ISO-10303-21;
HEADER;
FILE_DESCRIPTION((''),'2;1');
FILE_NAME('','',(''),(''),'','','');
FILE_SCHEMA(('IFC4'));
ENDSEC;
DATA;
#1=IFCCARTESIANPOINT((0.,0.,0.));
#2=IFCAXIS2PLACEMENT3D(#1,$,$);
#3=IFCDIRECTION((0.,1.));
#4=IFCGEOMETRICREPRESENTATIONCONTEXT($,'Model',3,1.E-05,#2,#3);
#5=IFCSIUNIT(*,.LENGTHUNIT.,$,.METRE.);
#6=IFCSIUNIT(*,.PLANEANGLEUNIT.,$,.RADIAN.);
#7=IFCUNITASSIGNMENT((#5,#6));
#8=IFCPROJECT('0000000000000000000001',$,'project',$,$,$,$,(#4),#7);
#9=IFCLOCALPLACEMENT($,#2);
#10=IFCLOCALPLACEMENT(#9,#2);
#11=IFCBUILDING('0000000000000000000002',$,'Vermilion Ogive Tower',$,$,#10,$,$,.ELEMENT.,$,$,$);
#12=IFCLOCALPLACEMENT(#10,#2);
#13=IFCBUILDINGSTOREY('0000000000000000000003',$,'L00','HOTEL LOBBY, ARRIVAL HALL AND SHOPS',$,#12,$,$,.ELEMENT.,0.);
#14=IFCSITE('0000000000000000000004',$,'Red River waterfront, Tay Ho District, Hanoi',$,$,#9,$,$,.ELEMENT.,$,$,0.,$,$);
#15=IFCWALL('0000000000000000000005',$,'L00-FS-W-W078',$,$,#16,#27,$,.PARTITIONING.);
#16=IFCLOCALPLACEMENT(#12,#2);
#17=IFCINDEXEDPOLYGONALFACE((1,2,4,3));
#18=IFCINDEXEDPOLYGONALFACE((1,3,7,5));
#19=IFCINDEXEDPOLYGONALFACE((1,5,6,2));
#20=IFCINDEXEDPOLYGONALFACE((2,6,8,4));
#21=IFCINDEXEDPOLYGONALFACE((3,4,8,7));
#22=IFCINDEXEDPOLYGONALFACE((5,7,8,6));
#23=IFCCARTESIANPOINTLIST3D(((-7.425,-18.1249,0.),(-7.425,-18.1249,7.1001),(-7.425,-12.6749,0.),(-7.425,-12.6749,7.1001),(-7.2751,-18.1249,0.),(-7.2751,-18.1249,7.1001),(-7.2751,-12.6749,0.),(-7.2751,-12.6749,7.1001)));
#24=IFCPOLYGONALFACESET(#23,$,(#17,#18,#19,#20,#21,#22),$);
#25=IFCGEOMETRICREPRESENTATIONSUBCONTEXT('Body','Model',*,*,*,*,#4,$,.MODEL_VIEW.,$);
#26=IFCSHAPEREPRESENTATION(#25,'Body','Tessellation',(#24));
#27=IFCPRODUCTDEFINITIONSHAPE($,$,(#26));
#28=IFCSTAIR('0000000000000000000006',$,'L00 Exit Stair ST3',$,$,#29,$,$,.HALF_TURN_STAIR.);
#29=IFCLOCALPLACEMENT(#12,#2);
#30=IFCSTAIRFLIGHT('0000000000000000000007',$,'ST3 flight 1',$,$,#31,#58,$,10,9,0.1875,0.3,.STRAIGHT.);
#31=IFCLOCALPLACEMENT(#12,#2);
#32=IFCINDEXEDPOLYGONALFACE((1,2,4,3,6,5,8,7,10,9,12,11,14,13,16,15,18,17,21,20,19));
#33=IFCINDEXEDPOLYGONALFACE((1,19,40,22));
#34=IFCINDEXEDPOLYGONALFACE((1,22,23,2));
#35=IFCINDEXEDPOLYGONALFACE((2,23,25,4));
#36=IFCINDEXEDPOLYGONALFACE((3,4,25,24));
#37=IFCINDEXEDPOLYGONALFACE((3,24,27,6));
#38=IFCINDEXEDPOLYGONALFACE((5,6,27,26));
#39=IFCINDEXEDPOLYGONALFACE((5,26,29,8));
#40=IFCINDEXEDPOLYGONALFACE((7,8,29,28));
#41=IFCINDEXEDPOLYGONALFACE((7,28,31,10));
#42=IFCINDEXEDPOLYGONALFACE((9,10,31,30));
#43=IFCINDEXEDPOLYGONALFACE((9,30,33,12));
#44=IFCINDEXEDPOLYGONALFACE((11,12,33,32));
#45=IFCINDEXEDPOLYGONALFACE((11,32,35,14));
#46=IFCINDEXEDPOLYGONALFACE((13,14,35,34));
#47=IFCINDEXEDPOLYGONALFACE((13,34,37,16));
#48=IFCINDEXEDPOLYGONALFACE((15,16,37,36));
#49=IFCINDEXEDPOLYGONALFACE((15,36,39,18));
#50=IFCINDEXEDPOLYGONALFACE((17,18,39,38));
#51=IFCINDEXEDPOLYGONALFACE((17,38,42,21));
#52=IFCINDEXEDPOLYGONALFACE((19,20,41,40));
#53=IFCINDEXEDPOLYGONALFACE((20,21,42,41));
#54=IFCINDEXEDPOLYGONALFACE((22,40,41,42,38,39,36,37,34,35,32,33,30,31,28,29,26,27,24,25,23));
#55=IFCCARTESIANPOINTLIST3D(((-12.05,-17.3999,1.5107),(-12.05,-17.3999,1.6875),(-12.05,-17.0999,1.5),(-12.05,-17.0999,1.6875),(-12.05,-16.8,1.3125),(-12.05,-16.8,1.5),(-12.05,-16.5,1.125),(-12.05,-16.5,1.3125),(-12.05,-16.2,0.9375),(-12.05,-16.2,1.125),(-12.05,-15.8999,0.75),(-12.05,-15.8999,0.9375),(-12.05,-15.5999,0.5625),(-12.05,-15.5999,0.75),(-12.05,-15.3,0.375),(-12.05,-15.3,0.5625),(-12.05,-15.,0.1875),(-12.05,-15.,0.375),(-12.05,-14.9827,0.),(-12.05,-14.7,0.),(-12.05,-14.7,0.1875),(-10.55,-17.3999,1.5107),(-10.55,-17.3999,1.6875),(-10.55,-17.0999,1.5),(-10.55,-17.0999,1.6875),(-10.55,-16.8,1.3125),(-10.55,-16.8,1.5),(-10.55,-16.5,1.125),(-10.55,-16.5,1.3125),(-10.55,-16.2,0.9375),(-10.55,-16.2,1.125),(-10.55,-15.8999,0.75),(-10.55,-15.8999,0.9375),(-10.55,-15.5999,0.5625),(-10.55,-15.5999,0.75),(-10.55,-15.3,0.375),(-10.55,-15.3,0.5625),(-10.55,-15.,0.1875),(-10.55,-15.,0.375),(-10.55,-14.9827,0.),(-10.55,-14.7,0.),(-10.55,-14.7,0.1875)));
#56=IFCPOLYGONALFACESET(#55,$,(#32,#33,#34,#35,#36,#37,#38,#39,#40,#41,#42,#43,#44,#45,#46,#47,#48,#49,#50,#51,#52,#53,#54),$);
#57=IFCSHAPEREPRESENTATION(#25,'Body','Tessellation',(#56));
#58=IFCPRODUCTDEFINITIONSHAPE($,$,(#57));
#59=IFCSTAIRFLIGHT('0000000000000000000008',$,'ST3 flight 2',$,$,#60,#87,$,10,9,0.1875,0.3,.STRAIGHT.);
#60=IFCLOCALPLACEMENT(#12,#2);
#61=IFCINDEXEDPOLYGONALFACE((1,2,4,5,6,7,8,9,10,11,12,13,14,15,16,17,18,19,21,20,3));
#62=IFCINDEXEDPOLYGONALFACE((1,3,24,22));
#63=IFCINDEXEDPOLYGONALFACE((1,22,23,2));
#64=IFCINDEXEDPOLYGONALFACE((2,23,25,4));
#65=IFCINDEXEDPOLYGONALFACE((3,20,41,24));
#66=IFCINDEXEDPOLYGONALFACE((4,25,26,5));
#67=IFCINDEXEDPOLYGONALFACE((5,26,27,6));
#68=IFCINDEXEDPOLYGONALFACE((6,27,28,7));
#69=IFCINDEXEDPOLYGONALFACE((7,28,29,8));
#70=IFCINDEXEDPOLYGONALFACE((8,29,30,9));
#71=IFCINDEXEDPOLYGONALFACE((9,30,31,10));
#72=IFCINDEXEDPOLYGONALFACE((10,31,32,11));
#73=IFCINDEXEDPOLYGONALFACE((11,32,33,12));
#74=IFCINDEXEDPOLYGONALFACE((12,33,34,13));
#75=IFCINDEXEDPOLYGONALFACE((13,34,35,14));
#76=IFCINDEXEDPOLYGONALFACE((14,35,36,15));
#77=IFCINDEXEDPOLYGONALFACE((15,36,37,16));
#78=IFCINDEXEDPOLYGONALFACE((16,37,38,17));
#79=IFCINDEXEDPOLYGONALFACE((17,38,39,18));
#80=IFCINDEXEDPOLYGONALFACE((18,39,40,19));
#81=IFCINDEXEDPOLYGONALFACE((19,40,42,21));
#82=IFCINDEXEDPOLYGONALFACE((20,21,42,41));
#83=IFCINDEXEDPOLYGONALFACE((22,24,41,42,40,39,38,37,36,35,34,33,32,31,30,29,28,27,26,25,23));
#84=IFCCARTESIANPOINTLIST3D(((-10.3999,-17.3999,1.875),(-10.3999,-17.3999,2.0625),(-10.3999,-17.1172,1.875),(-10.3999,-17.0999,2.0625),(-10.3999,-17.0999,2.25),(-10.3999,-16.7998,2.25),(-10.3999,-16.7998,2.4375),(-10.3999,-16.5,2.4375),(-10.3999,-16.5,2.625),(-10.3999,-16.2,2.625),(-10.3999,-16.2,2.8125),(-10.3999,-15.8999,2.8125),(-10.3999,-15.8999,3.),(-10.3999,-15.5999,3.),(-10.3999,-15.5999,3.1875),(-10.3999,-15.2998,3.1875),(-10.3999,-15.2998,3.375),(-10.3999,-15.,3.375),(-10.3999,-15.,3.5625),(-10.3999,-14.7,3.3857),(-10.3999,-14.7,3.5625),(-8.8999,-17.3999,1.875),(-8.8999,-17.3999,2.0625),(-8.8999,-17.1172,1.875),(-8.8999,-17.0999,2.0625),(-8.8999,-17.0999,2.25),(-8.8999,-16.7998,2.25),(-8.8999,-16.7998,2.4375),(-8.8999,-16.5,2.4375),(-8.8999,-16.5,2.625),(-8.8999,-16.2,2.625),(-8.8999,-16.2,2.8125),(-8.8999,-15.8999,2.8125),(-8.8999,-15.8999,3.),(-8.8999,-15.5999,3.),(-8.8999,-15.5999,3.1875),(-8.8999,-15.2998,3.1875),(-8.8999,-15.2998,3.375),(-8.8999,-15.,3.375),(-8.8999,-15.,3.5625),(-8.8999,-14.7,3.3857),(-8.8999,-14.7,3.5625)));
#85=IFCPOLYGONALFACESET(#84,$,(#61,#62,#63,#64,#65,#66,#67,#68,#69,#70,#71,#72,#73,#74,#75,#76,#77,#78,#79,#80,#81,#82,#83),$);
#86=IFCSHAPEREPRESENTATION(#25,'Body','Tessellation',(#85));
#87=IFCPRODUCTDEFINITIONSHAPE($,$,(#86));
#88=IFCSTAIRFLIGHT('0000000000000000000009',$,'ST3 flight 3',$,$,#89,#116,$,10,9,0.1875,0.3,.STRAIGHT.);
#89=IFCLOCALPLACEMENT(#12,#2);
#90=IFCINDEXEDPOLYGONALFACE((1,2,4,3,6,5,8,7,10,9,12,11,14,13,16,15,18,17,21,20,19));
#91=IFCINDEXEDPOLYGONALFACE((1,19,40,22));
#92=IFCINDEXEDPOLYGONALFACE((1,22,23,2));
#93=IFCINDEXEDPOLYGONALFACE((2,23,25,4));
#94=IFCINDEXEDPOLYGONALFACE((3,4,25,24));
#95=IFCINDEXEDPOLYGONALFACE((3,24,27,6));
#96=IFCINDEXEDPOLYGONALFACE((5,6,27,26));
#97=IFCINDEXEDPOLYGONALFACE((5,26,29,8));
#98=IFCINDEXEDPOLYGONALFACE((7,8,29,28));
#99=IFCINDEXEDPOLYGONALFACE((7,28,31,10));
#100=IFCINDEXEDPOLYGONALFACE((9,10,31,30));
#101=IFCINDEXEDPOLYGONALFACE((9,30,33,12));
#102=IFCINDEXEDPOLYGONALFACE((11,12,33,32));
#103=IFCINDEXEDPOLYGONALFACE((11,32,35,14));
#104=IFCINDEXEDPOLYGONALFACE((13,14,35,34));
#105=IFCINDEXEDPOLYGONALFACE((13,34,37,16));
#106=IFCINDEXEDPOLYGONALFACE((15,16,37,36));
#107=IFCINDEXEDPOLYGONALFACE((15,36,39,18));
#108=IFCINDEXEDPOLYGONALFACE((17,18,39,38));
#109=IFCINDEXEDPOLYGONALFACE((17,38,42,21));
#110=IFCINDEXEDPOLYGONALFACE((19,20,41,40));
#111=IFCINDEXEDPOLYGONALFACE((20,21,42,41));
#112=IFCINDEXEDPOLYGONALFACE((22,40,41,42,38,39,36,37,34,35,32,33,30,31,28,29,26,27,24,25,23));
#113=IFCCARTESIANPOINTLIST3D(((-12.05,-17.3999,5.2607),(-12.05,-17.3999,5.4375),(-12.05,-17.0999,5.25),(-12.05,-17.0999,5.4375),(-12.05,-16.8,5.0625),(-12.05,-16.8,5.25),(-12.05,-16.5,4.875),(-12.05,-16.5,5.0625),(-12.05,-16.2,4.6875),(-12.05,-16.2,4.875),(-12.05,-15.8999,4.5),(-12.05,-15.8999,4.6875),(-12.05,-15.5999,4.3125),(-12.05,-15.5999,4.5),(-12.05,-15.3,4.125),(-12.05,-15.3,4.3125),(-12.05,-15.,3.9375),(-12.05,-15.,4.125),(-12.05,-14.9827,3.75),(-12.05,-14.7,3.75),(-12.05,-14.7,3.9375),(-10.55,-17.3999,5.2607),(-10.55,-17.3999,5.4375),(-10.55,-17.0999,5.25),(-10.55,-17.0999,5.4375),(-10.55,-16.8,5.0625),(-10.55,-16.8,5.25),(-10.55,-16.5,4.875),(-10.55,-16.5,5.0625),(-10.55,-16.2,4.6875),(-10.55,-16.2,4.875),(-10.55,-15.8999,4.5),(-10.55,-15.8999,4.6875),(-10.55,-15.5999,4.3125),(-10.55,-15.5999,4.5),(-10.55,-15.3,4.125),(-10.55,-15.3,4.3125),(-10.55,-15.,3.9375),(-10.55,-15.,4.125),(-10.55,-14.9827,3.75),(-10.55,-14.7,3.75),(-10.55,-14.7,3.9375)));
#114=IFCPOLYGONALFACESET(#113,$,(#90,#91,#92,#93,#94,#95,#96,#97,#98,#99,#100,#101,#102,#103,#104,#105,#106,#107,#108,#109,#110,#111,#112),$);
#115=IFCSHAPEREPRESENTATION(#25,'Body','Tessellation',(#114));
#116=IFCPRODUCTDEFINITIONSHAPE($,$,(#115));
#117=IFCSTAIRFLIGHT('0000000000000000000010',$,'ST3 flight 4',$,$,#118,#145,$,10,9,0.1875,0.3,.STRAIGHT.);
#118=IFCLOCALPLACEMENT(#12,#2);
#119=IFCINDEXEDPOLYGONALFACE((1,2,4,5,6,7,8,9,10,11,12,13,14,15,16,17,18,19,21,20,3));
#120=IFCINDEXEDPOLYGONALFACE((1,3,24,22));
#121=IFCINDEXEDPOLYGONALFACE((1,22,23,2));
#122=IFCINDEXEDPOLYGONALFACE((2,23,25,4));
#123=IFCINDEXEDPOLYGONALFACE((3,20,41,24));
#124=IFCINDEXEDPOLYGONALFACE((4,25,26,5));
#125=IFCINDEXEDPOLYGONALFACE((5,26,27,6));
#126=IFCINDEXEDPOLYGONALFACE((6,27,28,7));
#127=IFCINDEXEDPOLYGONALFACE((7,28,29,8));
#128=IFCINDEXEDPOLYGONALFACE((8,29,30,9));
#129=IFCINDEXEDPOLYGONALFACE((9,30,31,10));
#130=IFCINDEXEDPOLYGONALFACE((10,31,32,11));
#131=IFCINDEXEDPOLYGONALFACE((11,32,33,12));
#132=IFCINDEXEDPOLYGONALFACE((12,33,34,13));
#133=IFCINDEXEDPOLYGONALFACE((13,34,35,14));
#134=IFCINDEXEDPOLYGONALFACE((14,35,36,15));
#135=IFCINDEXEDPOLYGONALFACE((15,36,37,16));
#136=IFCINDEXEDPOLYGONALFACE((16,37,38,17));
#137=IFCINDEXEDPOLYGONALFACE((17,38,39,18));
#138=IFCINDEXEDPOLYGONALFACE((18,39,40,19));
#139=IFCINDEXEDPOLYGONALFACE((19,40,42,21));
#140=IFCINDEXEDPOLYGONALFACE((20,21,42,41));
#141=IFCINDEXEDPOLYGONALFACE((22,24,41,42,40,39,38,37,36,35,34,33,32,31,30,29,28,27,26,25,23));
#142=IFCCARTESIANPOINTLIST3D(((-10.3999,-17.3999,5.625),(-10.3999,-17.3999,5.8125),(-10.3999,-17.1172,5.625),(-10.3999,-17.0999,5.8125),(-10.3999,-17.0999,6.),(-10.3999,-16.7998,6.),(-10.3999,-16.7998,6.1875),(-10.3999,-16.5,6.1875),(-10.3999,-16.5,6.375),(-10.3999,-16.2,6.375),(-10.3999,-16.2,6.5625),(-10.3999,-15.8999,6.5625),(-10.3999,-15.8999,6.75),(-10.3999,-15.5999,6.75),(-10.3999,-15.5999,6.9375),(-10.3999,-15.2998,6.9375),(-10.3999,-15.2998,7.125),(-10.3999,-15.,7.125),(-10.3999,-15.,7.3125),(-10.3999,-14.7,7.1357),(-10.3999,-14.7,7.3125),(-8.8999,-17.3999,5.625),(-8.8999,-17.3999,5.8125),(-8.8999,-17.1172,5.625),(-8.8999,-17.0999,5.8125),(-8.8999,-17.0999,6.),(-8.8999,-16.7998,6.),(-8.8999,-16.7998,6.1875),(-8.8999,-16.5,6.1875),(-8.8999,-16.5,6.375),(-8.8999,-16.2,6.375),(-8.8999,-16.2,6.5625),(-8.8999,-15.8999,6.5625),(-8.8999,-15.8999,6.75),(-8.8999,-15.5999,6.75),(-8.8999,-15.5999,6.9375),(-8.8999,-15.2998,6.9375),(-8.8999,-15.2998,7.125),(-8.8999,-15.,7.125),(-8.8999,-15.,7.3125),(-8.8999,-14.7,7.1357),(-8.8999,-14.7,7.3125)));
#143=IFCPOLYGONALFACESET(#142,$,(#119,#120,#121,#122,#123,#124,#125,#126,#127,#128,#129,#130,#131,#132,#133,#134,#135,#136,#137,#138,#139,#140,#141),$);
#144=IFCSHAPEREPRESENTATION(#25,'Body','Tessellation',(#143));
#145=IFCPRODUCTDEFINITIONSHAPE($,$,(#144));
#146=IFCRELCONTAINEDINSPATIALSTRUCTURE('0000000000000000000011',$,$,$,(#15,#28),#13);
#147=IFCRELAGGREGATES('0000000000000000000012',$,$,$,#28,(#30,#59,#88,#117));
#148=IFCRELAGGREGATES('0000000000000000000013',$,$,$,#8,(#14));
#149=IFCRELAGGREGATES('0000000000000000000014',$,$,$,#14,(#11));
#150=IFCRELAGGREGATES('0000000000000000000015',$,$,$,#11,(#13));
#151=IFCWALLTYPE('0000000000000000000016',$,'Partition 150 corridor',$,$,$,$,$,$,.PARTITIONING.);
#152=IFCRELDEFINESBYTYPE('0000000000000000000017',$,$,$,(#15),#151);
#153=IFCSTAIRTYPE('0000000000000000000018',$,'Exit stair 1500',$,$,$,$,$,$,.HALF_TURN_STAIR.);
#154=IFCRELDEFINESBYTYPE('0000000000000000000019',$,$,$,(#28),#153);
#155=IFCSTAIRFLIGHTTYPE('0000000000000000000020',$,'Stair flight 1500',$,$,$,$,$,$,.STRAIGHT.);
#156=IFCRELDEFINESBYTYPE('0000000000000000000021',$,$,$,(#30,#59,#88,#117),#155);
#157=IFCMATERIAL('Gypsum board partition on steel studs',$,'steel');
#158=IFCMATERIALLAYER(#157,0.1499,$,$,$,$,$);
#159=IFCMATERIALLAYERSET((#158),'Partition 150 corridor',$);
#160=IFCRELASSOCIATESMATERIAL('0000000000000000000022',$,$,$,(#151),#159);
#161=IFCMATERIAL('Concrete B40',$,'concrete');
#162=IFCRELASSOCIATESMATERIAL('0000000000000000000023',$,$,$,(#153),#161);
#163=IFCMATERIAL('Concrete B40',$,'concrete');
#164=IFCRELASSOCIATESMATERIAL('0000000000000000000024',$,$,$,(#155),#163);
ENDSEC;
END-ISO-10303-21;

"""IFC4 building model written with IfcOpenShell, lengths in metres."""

from ifc_helpers import new_model, si_unit, direction, frame, frame_2d, origin, place, context, subcontext, project, spatial, polyline, rectangle, outline, extrude, material, layer, layer_set, type_object, element, aggregate, save


model = new_model("IFC4")

# Units and contexts
model_context = context("Model", 3, precision=1e-05, world=origin(), true_north=direction((0.0, 1.0)))
body_context = subcontext(model_context, "Body", "Model", "MODEL_VIEW")
ifc_project = project(units=[si_unit("LENGTHUNIT", "METRE"), si_unit("PLANEANGLEUNIT", "RADIAN")], contexts=[model_context])

# Site, building, storey
site_placement = place(None, origin())
site = spatial("IfcSite", under=ifc_project, at=site_placement, Name="Red River waterfront, Tay Ho District, Hanoi", CompositionType="ELEMENT", RefElevation=0.0)
building_placement = place(site_placement, origin())
building = spatial("IfcBuilding", under=site, at=building_placement, Name="Vermilion Ogive Tower", CompositionType="ELEMENT")
storey_placement = place(building_placement, origin())
storey = spatial("IfcBuildingStorey", under=building, at=storey_placement, Name="L00", Description="HOTEL LOBBY, ARRIVAL HALL AND SHOPS", CompositionType="ELEMENT", Elevation=0.0)

# Wall
ifc_material_1 = material(Name="Gypsum board partition on steel studs", Category="steel")
ifc_layer = layer(ifc_material_1, 0.1499)
ifc_layer_set = layer_set([ifc_layer], Name="Partition 150 corridor")
wall_type = type_object("IfcWallType", Name="Partition 150 corridor", PredefinedType="PARTITIONING", material=ifc_layer_set)
wall_placement = place(storey_placement, frame((-7.3501, -18.125, 0.0), z_axis=(0.0, 0.0, 1.0), x_axis=(0.0, 1.0, 0.0)))
element("IfcWall", 1, at=wall_placement, inside=storey, type_object=wall_type, Name="L00-FS-W-W078", PredefinedType="PARTITIONING", context=body_context, shape_type="SweptSolid", body=[
    extrude(rectangle(XDim=5.45, YDim=0.1499, at=frame_2d((2.7251, 0.0))), origin(), (0.0, 0.0, 1.0), 7.1001),
])

# Stair, stair flights
ifc_material_2 = material(Name="Concrete B40", Category="concrete")
stair_type = type_object("IfcStairType", Name="Exit stair 1500", PredefinedType="HALF_TURN_STAIR", material=ifc_material_2)
stair_placement = place(storey_placement, origin())
stair = element("IfcStair", 2, at=stair_placement, inside=storey, type_object=stair_type, Name="L00 Exit Stair ST3", PredefinedType="HALF_TURN_STAIR")
ifc_material_3 = material(Name="Concrete B40", Category="concrete")
stair_flight_type = type_object("IfcStairFlightType", Name="Stair flight 1500", PredefinedType="STRAIGHT", material=ifc_material_3)
stair_flight_1_placement = place(storey_placement, frame((-11.3, -14.7, 0.0), z_axis=(0.0, 0.0, 1.0), x_axis=(0.0, -1.0, 0.0)))
stair_flight_1 = element("IfcStairFlight", 3, at=stair_flight_1_placement, type_object=stair_flight_type, Name="ST3 flight 1", NumberOfRisers=10, NumberOfTreads=9, PredefinedType="STRAIGHT", RiserHeight=0.1875, TreadLength=0.3, context=body_context, shape_type="SweptSolid", body=[
    extrude(outline(polyline([(0.0, 0.0), (0.0, 0.1875), (0.3, 0.1875), (0.3, 0.375), (0.6001, 0.375), (0.6001, 0.5625), (0.8999, 0.5625), (0.8999, 0.75), (1.2, 0.75), (1.2, 0.9375), (1.5, 0.9375), (1.5, 1.125), (1.8, 1.125), (1.8, 1.3125), (2.1001, 1.3125), (2.1001, 1.5), (2.3999, 1.5), (2.3999, 1.6875), (2.7, 1.6875), (2.7, 1.875), (2.7, 1.5107), (0.2827, 0.0), (0.0, 0.0)])), frame((0.0, 0.75, 0.0), z_axis=(0.0, -1.0, 0.0), x_axis=(1.0, 0.0, 0.0)), (0.0, 0.0, 1.0), 1.5),
])
stair_flight_2_placement = place(storey_placement, frame((-9.6499, -17.3999, 1.875), z_axis=(0.0, 0.0, 1.0), x_axis=(0.0, 1.0, 0.0)))
stair_flight_2 = element("IfcStairFlight", 4, at=stair_flight_2_placement, type_object=stair_flight_type, Name="ST3 flight 2", NumberOfRisers=10, NumberOfTreads=9, PredefinedType="STRAIGHT", RiserHeight=0.1875, TreadLength=0.3, context=body_context, shape_type="SweptSolid", body=[
    extrude(outline(polyline([(0.0, 0.0), (0.0, 0.1875), (0.3, 0.1875), (0.3, 0.375), (0.6001, 0.375), (0.6001, 0.5625), (0.8999, 0.5625), (0.8999, 0.75), (1.2, 0.75), (1.2, 0.9375), (1.5, 0.9375), (1.5, 1.125), (1.8, 1.125), (1.8, 1.3125), (2.1001, 1.3125), (2.1001, 1.5), (2.3999, 1.5), (2.3999, 1.6875), (2.7, 1.6875), (2.7, 1.875), (2.7, 1.5107), (0.2827, 0.0), (0.0, 0.0)])), frame((0.0, 0.75, 0.0), z_axis=(0.0, -1.0, 0.0), x_axis=(1.0, 0.0, 0.0)), (0.0, 0.0, 1.0), 1.5),
])
stair_flight_3_placement = place(storey_placement, frame((-11.3, -14.7, 3.75), z_axis=(0.0, 0.0, 1.0), x_axis=(0.0, -1.0, 0.0)))
stair_flight_3 = element("IfcStairFlight", 5, at=stair_flight_3_placement, type_object=stair_flight_type, Name="ST3 flight 3", NumberOfRisers=10, NumberOfTreads=9, PredefinedType="STRAIGHT", RiserHeight=0.1875, TreadLength=0.3, context=body_context, shape_type="SweptSolid", body=[
    extrude(outline(polyline([(0.0, 0.0), (0.0, 0.1875), (0.3, 0.1875), (0.3, 0.375), (0.6001, 0.375), (0.6001, 0.5625), (0.8999, 0.5625), (0.8999, 0.75), (1.2, 0.75), (1.2, 0.9375), (1.5, 0.9375), (1.5, 1.125), (1.8, 1.125), (1.8, 1.3125), (2.1001, 1.3125), (2.1001, 1.5), (2.3999, 1.5), (2.3999, 1.6875), (2.7, 1.6875), (2.7, 1.875), (2.7, 1.5107), (0.2827, 0.0), (0.0, 0.0)])), frame((0.0, 0.75, 0.0), z_axis=(0.0, -1.0, 0.0), x_axis=(1.0, 0.0, 0.0)), (0.0, 0.0, 1.0), 1.5),
])
stair_flight_4_placement = place(storey_placement, frame((-9.6499, -17.3999, 5.625), z_axis=(0.0, 0.0, 1.0), x_axis=(0.0, 1.0, 0.0)))
stair_flight_4 = element("IfcStairFlight", 6, at=stair_flight_4_placement, type_object=stair_flight_type, Name="ST3 flight 4", NumberOfRisers=10, NumberOfTreads=9, PredefinedType="STRAIGHT", RiserHeight=0.1875, TreadLength=0.3, context=body_context, shape_type="SweptSolid", body=[
    extrude(outline(polyline([(0.0, 0.0), (0.0, 0.1875), (0.3, 0.1875), (0.3, 0.375), (0.6001, 0.375), (0.6001, 0.5625), (0.8999, 0.5625), (0.8999, 0.75), (1.2, 0.75), (1.2, 0.9375), (1.5, 0.9375), (1.5, 1.125), (1.8, 1.125), (1.8, 1.3125), (2.1001, 1.3125), (2.1001, 1.5), (2.3999, 1.5), (2.3999, 1.6875), (2.7, 1.6875), (2.7, 1.875), (2.7, 1.5107), (0.2827, 0.0), (0.0, 0.0)])), frame((0.0, 0.75, 0.0), z_axis=(0.0, -1.0, 0.0), x_axis=(1.0, 0.0, 0.0)), (0.0, 0.0, 1.0), 1.5),
])
aggregate(stair, [stair_flight_1, stair_flight_2, stair_flight_3, stair_flight_4])

save(model, "model.ifc")
